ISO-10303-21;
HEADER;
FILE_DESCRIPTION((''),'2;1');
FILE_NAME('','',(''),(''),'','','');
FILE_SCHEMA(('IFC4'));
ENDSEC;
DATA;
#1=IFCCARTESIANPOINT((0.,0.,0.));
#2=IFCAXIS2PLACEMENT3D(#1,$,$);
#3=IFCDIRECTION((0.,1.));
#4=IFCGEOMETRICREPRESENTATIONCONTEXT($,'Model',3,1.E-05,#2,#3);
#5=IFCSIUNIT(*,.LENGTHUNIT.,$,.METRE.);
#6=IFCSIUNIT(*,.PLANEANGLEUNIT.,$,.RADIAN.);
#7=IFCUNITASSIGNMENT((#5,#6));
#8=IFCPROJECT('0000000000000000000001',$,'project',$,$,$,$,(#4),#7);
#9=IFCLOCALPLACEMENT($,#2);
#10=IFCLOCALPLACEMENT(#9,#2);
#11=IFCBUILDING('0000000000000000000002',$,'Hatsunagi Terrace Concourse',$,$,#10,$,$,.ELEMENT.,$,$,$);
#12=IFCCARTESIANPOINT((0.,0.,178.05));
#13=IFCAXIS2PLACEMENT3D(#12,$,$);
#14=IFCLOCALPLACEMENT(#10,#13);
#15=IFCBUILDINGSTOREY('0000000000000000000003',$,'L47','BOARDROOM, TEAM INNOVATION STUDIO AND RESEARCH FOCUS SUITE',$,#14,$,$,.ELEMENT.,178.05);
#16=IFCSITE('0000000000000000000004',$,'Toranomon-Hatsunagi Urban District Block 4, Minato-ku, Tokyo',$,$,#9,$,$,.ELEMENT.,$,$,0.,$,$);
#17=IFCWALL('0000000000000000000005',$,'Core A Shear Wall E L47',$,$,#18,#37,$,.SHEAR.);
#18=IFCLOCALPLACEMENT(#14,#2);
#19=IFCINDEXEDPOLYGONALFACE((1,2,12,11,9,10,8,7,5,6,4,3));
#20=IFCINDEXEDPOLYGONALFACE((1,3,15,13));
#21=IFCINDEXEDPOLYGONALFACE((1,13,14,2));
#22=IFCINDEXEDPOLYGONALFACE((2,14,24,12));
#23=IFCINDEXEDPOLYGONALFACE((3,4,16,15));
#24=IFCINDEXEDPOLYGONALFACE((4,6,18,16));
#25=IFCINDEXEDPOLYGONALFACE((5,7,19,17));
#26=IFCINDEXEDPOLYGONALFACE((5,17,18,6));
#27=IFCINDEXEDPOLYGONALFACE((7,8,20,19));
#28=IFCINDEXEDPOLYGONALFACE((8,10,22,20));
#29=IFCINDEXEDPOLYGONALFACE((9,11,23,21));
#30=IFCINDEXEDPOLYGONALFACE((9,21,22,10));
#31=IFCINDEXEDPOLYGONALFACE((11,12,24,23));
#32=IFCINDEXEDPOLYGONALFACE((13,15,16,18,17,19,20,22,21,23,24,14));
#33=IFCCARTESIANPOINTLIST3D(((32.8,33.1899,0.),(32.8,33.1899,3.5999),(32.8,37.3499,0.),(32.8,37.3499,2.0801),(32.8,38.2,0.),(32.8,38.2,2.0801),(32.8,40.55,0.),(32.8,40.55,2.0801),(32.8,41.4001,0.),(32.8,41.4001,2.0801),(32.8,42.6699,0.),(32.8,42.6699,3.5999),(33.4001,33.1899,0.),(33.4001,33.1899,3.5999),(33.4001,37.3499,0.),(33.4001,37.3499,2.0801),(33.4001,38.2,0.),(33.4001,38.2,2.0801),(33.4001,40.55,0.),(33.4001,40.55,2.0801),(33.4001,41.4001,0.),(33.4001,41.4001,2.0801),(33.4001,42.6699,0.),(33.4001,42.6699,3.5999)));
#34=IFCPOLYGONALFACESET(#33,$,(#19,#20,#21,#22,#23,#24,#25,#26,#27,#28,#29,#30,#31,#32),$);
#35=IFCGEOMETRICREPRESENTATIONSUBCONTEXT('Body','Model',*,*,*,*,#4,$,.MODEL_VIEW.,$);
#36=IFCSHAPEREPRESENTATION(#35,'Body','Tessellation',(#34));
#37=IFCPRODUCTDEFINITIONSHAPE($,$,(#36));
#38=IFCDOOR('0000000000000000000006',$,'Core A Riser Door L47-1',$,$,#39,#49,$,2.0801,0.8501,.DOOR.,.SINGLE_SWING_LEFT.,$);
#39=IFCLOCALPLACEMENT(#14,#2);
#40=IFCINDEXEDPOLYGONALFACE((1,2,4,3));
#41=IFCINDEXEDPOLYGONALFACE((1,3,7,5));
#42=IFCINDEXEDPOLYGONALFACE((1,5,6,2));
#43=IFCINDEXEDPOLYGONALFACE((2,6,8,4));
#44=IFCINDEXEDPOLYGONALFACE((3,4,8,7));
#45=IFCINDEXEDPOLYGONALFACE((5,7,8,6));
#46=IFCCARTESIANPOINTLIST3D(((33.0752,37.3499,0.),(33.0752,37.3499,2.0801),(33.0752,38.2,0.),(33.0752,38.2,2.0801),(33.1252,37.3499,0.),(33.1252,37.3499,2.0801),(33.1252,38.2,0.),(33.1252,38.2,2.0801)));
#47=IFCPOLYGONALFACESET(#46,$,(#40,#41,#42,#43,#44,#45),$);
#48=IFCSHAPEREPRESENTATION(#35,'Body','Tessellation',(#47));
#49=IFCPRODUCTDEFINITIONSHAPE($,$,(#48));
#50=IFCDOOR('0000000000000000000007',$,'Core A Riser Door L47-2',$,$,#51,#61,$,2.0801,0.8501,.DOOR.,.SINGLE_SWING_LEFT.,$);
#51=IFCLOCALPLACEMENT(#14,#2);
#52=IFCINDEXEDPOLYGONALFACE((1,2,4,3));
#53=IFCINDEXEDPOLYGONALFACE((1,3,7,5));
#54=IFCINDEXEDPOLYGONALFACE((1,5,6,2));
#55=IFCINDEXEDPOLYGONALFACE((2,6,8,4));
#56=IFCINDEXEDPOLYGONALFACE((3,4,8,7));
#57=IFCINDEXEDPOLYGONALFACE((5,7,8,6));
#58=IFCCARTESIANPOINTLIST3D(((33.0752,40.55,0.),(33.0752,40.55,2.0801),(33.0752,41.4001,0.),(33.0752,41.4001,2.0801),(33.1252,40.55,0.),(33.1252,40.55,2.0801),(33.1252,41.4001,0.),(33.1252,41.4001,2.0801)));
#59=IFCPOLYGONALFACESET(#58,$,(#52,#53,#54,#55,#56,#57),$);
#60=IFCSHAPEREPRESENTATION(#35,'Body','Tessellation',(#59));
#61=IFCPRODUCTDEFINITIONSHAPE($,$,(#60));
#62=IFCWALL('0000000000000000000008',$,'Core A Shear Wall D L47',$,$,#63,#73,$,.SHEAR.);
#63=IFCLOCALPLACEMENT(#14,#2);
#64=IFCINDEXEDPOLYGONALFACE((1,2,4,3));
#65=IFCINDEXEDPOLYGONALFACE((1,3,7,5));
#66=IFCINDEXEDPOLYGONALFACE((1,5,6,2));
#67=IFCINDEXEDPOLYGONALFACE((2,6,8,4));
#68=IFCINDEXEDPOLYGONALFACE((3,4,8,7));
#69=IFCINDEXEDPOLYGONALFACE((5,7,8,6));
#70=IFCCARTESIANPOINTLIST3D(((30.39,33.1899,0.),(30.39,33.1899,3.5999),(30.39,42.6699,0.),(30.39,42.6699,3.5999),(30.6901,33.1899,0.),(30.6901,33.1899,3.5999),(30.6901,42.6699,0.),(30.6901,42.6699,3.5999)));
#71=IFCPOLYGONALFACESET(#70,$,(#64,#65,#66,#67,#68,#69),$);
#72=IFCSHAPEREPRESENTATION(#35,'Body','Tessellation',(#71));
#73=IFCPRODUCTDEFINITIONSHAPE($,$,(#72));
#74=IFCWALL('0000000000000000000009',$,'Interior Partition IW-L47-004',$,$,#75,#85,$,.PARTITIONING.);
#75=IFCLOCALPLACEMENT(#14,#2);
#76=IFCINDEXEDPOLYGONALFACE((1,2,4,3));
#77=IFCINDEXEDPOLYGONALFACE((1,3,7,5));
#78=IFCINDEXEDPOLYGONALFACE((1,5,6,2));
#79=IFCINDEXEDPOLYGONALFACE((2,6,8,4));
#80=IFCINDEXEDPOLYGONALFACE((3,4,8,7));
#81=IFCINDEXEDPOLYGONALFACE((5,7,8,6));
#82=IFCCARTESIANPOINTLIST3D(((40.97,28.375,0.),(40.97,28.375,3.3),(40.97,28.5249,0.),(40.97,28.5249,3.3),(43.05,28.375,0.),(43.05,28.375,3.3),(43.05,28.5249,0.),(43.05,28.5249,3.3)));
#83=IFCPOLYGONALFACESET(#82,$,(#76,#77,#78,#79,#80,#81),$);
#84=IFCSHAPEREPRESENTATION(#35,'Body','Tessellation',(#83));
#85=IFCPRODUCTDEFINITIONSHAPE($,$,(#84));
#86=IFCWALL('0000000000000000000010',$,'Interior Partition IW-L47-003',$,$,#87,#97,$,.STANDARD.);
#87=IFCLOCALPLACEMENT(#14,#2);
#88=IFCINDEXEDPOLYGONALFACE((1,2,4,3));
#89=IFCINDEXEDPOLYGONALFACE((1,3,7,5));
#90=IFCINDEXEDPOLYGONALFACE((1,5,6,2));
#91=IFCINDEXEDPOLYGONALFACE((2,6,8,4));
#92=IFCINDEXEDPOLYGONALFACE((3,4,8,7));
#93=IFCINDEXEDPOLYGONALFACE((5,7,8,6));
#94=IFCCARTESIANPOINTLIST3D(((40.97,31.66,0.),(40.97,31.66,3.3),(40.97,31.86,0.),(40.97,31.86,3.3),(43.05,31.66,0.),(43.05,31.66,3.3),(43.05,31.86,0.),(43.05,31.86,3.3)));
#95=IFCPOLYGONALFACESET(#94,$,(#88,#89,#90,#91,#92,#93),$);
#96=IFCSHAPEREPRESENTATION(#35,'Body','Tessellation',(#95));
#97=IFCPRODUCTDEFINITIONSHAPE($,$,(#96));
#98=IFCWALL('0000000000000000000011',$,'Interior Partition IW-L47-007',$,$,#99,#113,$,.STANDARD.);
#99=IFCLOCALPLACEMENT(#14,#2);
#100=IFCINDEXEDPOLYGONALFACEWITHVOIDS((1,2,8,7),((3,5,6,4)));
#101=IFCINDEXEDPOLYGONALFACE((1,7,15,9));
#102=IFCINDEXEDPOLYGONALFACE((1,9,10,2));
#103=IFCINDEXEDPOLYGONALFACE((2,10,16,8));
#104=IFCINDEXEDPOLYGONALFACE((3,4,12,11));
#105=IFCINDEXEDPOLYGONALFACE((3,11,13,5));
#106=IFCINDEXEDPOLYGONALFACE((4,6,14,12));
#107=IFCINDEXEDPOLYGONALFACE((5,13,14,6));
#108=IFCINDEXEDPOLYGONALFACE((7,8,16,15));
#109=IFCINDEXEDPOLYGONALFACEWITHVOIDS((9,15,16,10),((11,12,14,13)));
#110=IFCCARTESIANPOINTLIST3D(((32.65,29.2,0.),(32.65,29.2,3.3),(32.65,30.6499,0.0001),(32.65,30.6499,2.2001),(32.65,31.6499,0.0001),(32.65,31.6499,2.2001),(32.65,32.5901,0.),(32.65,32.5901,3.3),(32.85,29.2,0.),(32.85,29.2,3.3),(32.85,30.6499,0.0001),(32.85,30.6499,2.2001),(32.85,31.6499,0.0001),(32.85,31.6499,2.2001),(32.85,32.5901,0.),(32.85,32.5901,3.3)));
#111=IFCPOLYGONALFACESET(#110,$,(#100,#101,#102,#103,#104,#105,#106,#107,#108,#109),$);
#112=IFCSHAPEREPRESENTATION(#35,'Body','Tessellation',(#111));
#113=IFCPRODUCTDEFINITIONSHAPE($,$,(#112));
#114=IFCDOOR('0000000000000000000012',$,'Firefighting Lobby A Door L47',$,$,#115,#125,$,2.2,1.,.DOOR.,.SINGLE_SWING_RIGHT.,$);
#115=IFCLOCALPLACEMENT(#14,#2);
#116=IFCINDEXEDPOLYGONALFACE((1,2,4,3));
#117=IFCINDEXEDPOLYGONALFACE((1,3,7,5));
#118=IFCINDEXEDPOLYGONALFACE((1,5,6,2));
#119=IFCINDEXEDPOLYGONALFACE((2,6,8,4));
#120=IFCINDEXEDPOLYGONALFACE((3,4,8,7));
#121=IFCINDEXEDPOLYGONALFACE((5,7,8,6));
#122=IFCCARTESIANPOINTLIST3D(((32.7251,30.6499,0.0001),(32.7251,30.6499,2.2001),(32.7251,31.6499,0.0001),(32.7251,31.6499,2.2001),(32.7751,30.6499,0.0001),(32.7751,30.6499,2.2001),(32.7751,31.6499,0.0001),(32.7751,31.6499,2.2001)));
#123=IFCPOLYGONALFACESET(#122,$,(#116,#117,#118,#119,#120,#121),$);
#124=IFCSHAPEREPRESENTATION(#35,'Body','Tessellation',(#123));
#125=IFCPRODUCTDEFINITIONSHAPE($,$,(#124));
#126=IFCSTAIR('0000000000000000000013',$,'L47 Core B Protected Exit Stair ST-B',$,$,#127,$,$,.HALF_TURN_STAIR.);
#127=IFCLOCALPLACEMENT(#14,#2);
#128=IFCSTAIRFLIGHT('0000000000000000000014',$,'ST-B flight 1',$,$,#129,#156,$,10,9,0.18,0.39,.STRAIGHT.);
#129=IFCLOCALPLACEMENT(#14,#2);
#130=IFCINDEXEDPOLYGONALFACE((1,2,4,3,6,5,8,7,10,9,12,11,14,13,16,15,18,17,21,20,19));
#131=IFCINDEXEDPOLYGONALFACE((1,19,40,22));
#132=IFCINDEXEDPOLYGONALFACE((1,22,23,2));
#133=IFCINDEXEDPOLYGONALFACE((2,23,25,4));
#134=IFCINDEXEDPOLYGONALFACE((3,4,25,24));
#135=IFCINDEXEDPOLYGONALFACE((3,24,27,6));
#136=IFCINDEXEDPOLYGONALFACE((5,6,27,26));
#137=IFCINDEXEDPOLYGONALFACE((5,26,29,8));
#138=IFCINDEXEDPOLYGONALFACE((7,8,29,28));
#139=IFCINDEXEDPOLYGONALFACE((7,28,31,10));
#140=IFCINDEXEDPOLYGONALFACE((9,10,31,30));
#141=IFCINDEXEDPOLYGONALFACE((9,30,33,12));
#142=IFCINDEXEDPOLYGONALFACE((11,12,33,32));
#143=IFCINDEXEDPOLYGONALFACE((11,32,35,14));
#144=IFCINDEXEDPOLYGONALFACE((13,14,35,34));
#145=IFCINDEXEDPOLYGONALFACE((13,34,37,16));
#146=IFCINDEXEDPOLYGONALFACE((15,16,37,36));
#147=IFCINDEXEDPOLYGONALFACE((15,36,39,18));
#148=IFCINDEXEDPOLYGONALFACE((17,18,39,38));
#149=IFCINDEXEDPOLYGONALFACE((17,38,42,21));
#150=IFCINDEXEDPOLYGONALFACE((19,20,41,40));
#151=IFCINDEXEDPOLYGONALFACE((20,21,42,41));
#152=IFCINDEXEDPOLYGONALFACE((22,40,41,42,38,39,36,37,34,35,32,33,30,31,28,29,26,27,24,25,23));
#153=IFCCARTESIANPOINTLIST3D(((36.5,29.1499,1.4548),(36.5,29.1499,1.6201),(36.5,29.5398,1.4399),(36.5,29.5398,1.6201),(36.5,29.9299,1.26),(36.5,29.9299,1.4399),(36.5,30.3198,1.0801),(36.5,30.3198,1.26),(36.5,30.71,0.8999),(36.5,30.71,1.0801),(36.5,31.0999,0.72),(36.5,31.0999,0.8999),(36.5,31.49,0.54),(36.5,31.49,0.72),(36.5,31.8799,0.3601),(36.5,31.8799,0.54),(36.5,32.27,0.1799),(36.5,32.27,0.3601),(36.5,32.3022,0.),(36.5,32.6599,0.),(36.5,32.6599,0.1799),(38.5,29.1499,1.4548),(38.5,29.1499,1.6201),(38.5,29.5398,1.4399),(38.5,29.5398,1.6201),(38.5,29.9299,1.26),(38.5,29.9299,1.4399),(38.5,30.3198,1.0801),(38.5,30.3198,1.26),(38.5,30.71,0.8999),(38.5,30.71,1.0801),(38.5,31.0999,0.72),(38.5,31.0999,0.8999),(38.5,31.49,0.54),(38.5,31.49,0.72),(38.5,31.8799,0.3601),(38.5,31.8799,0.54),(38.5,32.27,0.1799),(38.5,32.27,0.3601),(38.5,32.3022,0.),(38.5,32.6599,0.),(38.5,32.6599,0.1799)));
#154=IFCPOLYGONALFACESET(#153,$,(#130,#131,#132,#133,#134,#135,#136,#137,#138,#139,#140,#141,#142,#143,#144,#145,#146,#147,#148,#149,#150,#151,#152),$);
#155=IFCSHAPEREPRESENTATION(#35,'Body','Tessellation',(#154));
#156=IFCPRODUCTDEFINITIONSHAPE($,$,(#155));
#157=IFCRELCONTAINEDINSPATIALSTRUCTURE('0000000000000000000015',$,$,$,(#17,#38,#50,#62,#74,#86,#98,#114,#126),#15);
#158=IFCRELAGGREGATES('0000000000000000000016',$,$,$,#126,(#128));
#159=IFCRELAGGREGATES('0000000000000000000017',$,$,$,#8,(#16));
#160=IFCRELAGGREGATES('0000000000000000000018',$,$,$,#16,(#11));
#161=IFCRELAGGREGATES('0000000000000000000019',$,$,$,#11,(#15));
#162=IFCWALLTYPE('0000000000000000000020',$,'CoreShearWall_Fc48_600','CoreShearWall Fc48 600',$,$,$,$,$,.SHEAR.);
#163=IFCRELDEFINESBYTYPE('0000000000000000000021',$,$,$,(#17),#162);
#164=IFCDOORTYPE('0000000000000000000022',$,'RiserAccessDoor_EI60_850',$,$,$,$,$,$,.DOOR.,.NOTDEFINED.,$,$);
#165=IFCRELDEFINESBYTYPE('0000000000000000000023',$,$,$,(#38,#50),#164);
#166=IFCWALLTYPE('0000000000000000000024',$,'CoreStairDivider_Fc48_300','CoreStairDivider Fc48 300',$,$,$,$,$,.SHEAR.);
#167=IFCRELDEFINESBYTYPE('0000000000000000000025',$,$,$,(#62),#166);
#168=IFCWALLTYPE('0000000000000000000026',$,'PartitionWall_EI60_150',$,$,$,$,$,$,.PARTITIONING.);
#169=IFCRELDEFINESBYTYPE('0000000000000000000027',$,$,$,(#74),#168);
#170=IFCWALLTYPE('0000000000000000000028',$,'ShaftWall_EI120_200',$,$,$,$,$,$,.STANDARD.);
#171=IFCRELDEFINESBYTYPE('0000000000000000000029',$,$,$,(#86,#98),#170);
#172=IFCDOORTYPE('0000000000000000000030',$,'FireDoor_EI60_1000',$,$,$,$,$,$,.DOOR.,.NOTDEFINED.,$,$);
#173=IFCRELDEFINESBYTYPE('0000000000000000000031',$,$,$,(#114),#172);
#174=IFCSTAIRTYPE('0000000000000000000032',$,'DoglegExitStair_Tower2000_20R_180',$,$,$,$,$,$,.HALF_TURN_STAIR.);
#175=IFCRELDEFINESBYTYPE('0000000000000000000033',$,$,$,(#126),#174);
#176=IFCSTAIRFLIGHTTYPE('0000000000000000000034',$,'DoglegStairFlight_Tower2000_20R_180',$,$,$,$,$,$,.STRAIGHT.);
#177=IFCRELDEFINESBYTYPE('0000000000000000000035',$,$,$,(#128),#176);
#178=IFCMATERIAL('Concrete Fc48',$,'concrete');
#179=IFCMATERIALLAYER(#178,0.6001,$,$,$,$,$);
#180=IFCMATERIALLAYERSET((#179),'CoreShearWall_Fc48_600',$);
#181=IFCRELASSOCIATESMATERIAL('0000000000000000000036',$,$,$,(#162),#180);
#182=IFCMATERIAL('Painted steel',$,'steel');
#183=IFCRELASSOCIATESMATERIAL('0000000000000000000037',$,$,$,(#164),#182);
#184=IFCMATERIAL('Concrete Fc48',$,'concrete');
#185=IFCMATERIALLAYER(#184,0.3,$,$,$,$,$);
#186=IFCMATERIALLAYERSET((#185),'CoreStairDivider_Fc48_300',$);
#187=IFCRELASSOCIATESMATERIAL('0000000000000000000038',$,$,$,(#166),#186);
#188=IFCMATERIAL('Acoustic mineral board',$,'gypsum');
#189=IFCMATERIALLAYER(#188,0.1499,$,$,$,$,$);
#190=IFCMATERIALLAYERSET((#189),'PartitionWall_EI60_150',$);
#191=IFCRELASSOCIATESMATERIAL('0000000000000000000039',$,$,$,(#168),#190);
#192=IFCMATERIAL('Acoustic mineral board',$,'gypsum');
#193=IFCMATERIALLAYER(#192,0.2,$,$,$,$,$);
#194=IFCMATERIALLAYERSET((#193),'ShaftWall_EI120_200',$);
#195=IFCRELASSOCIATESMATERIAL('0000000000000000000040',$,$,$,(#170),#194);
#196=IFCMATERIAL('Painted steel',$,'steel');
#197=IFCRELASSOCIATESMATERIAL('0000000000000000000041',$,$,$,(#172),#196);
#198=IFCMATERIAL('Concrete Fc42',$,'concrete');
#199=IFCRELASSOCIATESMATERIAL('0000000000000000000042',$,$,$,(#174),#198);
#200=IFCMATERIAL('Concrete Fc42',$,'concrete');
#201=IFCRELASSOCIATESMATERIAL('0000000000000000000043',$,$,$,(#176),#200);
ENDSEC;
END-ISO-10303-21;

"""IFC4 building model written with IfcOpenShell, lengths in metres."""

from ifc_helpers import new_model, si_unit, direction, frame, frame_2d, origin, place, context, subcontext, project, spatial, polyline, rectangle, outline, extrude, material, layer, layer_set, type_object, element, fill, aggregate, save


model = new_model("IFC4")

# Units and contexts
model_context = context("Model", 3, precision=1e-05, world=origin(), true_north=direction((0.0, 1.0)))
body_context = subcontext(model_context, "Body", "Model", "MODEL_VIEW")
ifc_project = project(units=[si_unit("LENGTHUNIT", "METRE"), si_unit("PLANEANGLEUNIT", "RADIAN")], contexts=[model_context])

# Site, building, storey
site_placement = place(None, origin())
site = spatial("IfcSite", under=ifc_project, at=site_placement, Name="Toranomon-Hatsunagi Urban District Block 4, Minato-ku, Tokyo", CompositionType="ELEMENT", RefElevation=0.0)
building_placement = place(site_placement, origin())
building = spatial("IfcBuilding", under=site, at=building_placement, Name="Hatsunagi Terrace Concourse", CompositionType="ELEMENT")
storey_placement = place(building_placement, frame((0.0, 0.0, 178.05)))
storey = spatial("IfcBuildingStorey", under=building, at=storey_placement, Name="L47", Description="BOARDROOM, TEAM INNOVATION STUDIO AND RESEARCH FOCUS SUITE", CompositionType="ELEMENT", Elevation=178.05)

# Wall, openings, doors
ifc_material_1 = material(Name="Concrete Fc48", Category="concrete")
ifc_layer_1 = layer(ifc_material_1, 0.6001)
ifc_layer_set_1 = layer_set([ifc_layer_1], Name="CoreShearWall_Fc48_600")
wall_type_1 = type_object("IfcWallType", Name="CoreShearWall_Fc48_600", Description="CoreShearWall Fc48 600", PredefinedType="SHEAR", material=ifc_layer_set_1)
wall_1_placement = place(storey_placement, frame((33.1001, 33.1899, 0.0), z_axis=(0.0, 0.0, 1.0), x_axis=(0.0, 1.0, 0.0)))
wall_1 = element("IfcWall", 1, at=wall_1_placement, inside=storey, type_object=wall_type_1, Name="Core A Shear Wall E L47", PredefinedType="SHEAR", context=body_context, shape_type="SweptSolid", body=[
    extrude(rectangle(XDim=9.48, YDim=0.6001, at=frame_2d((4.74, 0.0))), origin(), (0.0, 0.0, 1.0), 3.5999),
])
opening_1_placement = place(wall_1_placement, frame((4.1599, 0.0, 0.0)))
opening_1 = element("IfcOpeningElement", 2, at=opening_1_placement, cuts=wall_1, PredefinedType="OPENING", context=body_context, shape_type="SweptSolid", body=[
    extrude(rectangle(XDim=0.8501, YDim=2.0801, at=frame_2d((0.425, 1.04))), frame((0.0, 0.3101, 0.0), z_axis=(0.0, -1.0, 0.0), x_axis=(1.0, 0.0, 0.0)), (0.0, 0.0, 1.0), 0.6201),
])
opening_2_placement = place(wall_1_placement, frame((7.3601, 0.0, 0.0)))
opening_2 = element("IfcOpeningElement", 3, at=opening_2_placement, cuts=wall_1, PredefinedType="OPENING", context=body_context, shape_type="SweptSolid", body=[
    extrude(rectangle(XDim=0.8501, YDim=2.0801, at=frame_2d((0.425, 1.04))), frame((0.0, 0.3101, 0.0), z_axis=(0.0, -1.0, 0.0), x_axis=(1.0, 0.0, 0.0)), (0.0, 0.0, 1.0), 0.6201),
])
ifc_material_2 = material(Name="Painted steel", Category="steel")
door_type_1 = type_object("IfcDoorType", Name="RiserAccessDoor_EI60_850", OperationType="NOTDEFINED", PredefinedType="DOOR", material=ifc_material_2)
door_1_placement = place(opening_1_placement, origin())
door_1 = element("IfcDoor", 4, at=door_1_placement, inside=storey, type_object=door_type_1, Name="Core A Riser Door L47-1", OperationType="SINGLE_SWING_LEFT", OverallHeight=2.0801, OverallWidth=0.8501, PredefinedType="DOOR", context=body_context, shape_type="SweptSolid", body=[
    extrude(rectangle(XDim=0.8501, YDim=2.0801, at=frame_2d((0.425, 1.04))), frame((0.0, 0.0249, 0.0), z_axis=(0.0, -1.0, 0.0), x_axis=(1.0, 0.0, 0.0)), (0.0, 0.0, 1.0), 0.05),
])
fill(opening_1, door_1)
door_2_placement = place(opening_2_placement, origin())
door_2 = element("IfcDoor", 5, at=door_2_placement, inside=storey, type_object=door_type_1, Name="Core A Riser Door L47-2", OperationType="SINGLE_SWING_LEFT", OverallHeight=2.0801, OverallWidth=0.8501, PredefinedType="DOOR", context=body_context, shape_type="SweptSolid", body=[
    extrude(rectangle(XDim=0.8501, YDim=2.0801, at=frame_2d((0.425, 1.04))), frame((0.0, 0.0249, 0.0), z_axis=(0.0, -1.0, 0.0), x_axis=(1.0, 0.0, 0.0)), (0.0, 0.0, 1.0), 0.05),
])
fill(opening_2, door_2)

# Walls
ifc_material_3 = material(Name="Concrete Fc48", Category="concrete")
ifc_layer_2 = layer(ifc_material_3, 0.3)
ifc_layer_set_2 = layer_set([ifc_layer_2], Name="CoreStairDivider_Fc48_300")
wall_type_2 = type_object("IfcWallType", Name="CoreStairDivider_Fc48_300", Description="CoreStairDivider Fc48 300", PredefinedType="SHEAR", material=ifc_layer_set_2)
wall_2_placement = place(storey_placement, frame((30.54, 33.1899, 0.0), z_axis=(0.0, 0.0, 1.0), x_axis=(0.0, 1.0, 0.0)))
element("IfcWall", 6, at=wall_2_placement, inside=storey, type_object=wall_type_2, Name="Core A Shear Wall D L47", PredefinedType="SHEAR", context=body_context, shape_type="SweptSolid", body=[
    extrude(rectangle(XDim=9.48, YDim=0.3, at=frame_2d((4.74, 0.0))), origin(), (0.0, 0.0, 1.0), 3.5999),
])
ifc_material_4 = material(Name="Acoustic mineral board", Category="gypsum")
ifc_layer_3 = layer(ifc_material_4, 0.1499)
ifc_layer_set_3 = layer_set([ifc_layer_3], Name="PartitionWall_EI60_150")
wall_type_3 = type_object("IfcWallType", Name="PartitionWall_EI60_150", PredefinedType="PARTITIONING", material=ifc_layer_set_3)
wall_3_placement = place(storey_placement, frame((40.97, 28.45, 0.0), z_axis=(0.0, 0.0, 1.0), x_axis=(1.0, 0.0, 0.0)))
element("IfcWall", 7, at=wall_3_placement, inside=storey, type_object=wall_type_3, Name="Interior Partition IW-L47-004", PredefinedType="PARTITIONING", context=body_context, shape_type="SweptSolid", body=[
    extrude(rectangle(XDim=2.0801, YDim=0.1499, at=frame_2d((1.04, 0.0))), origin(), (0.0, 0.0, 1.0), 3.3),
])

# Wall
ifc_material_5 = material(Name="Acoustic mineral board", Category="gypsum")
ifc_layer_4 = layer(ifc_material_5, 0.2)
ifc_layer_set_4 = layer_set([ifc_layer_4], Name="ShaftWall_EI120_200")
wall_type_4 = type_object("IfcWallType", Name="ShaftWall_EI120_200", PredefinedType="STANDARD", material=ifc_layer_set_4)
wall_4_placement = place(storey_placement, frame((40.97, 31.76, 0.0), z_axis=(0.0, 0.0, 1.0), x_axis=(1.0, 0.0, 0.0)))
element("IfcWall", 8, at=wall_4_placement, inside=storey, type_object=wall_type_4, Name="Interior Partition IW-L47-003", PredefinedType="STANDARD", context=body_context, shape_type="SweptSolid", body=[
    extrude(rectangle(XDim=2.0801, YDim=0.2, at=frame_2d((1.04, 0.0))), origin(), (0.0, 0.0, 1.0), 3.3),
])

# Wall, opening, door
wall_5_placement = place(storey_placement, frame((32.75, 29.2, 0.0), z_axis=(0.0, 0.0, 1.0), x_axis=(0.0, 1.0, 0.0)))
wall_5 = element("IfcWall", 9, at=wall_5_placement, inside=storey, type_object=wall_type_4, Name="Interior Partition IW-L47-007", PredefinedType="STANDARD", context=body_context, shape_type="SweptSolid", body=[
    extrude(rectangle(XDim=3.3901, YDim=0.2, at=frame_2d((1.6951, 0.0))), origin(), (0.0, 0.0, 1.0), 3.3),
])
opening_3_placement = place(wall_5_placement, frame((1.45, 0.0, 0.0)))
opening_3 = element("IfcOpeningElement", 10, at=opening_3_placement, cuts=wall_5, PredefinedType="OPENING", context=body_context, shape_type="SweptSolid", body=[
    extrude(rectangle(XDim=1.0, YDim=2.2, at=frame_2d((0.5, 1.1001))), frame((0.0, 0.1099, 0.0), z_axis=(0.0, -1.0, 0.0), x_axis=(1.0, 0.0, 0.0)), (0.0, 0.0, 1.0), 0.22),
])
ifc_material_6 = material(Name="Painted steel", Category="steel")
door_type_2 = type_object("IfcDoorType", Name="FireDoor_EI60_1000", OperationType="NOTDEFINED", PredefinedType="DOOR", material=ifc_material_6)
door_3_placement = place(opening_3_placement, origin())
door_3 = element("IfcDoor", 11, at=door_3_placement, inside=storey, type_object=door_type_2, Name="Firefighting Lobby A Door L47", OperationType="SINGLE_SWING_RIGHT", OverallHeight=2.2, OverallWidth=1.0, PredefinedType="DOOR", context=body_context, shape_type="SweptSolid", body=[
    extrude(rectangle(XDim=1.0, YDim=2.2, at=frame_2d((0.5, 1.1001))), frame((0.0, 0.0249, 0.0), z_axis=(0.0, -1.0, 0.0), x_axis=(1.0, 0.0, 0.0)), (0.0, 0.0, 1.0), 0.05),
])
fill(opening_3, door_3)

# Stair, stair flight
ifc_material_7 = material(Name="Concrete Fc42", Category="concrete")
stair_type = type_object("IfcStairType", Name="DoglegExitStair_Tower2000_20R_180", PredefinedType="HALF_TURN_STAIR", material=ifc_material_7)
stair_placement = place(storey_placement, origin())
stair = element("IfcStair", 12, at=stair_placement, inside=storey, type_object=stair_type, Name="L47 Core B Protected Exit Stair ST-B", PredefinedType="HALF_TURN_STAIR")
ifc_material_8 = material(Name="Concrete Fc42", Category="concrete")
stair_flight_type = type_object("IfcStairFlightType", Name="DoglegStairFlight_Tower2000_20R_180", PredefinedType="STRAIGHT", material=ifc_material_8)
stair_flight_1_placement = place(storey_placement, frame((37.5, 32.6599, 0.0), z_axis=(0.0, 0.0, 1.0), x_axis=(0.0, -1.0, 0.0)))
stair_flight_1 = element("IfcStairFlight", 13, at=stair_flight_1_placement, type_object=stair_flight_type, Name="ST-B flight 1", NumberOfRisers=10, NumberOfTreads=9, PredefinedType="STRAIGHT", RiserHeight=0.18, TreadLength=0.39, context=body_context, shape_type="SweptSolid", body=[
    extrude(outline(polyline([(0.0, 0.0), (0.0, 0.1799), (0.3899, 0.1799), (0.3899, 0.3601), (0.78, 0.3601), (0.78, 0.54), (1.1699, 0.54), (1.1699, 0.72), (1.5601, 0.72), (1.5601, 0.8999), (1.95, 0.8999), (1.95, 1.0801), (2.3401, 1.0801), (2.3401, 1.26), (2.73, 1.26), (2.73, 1.4399), (3.1201, 1.4399), (3.1201, 1.6201), (3.51, 1.6201), (3.51, 1.8), (3.51, 1.4548), (0.3577, 0.0), (0.0, 0.0)])), frame((0.0, 1.0, 0.0), z_axis=(0.0, -1.0, 0.0), x_axis=(1.0, 0.0, 0.0)), (0.0, 0.0, 1.0), 2.0),
])
aggregate(stair, [stair_flight_1])

save(model, "model.ifc")
